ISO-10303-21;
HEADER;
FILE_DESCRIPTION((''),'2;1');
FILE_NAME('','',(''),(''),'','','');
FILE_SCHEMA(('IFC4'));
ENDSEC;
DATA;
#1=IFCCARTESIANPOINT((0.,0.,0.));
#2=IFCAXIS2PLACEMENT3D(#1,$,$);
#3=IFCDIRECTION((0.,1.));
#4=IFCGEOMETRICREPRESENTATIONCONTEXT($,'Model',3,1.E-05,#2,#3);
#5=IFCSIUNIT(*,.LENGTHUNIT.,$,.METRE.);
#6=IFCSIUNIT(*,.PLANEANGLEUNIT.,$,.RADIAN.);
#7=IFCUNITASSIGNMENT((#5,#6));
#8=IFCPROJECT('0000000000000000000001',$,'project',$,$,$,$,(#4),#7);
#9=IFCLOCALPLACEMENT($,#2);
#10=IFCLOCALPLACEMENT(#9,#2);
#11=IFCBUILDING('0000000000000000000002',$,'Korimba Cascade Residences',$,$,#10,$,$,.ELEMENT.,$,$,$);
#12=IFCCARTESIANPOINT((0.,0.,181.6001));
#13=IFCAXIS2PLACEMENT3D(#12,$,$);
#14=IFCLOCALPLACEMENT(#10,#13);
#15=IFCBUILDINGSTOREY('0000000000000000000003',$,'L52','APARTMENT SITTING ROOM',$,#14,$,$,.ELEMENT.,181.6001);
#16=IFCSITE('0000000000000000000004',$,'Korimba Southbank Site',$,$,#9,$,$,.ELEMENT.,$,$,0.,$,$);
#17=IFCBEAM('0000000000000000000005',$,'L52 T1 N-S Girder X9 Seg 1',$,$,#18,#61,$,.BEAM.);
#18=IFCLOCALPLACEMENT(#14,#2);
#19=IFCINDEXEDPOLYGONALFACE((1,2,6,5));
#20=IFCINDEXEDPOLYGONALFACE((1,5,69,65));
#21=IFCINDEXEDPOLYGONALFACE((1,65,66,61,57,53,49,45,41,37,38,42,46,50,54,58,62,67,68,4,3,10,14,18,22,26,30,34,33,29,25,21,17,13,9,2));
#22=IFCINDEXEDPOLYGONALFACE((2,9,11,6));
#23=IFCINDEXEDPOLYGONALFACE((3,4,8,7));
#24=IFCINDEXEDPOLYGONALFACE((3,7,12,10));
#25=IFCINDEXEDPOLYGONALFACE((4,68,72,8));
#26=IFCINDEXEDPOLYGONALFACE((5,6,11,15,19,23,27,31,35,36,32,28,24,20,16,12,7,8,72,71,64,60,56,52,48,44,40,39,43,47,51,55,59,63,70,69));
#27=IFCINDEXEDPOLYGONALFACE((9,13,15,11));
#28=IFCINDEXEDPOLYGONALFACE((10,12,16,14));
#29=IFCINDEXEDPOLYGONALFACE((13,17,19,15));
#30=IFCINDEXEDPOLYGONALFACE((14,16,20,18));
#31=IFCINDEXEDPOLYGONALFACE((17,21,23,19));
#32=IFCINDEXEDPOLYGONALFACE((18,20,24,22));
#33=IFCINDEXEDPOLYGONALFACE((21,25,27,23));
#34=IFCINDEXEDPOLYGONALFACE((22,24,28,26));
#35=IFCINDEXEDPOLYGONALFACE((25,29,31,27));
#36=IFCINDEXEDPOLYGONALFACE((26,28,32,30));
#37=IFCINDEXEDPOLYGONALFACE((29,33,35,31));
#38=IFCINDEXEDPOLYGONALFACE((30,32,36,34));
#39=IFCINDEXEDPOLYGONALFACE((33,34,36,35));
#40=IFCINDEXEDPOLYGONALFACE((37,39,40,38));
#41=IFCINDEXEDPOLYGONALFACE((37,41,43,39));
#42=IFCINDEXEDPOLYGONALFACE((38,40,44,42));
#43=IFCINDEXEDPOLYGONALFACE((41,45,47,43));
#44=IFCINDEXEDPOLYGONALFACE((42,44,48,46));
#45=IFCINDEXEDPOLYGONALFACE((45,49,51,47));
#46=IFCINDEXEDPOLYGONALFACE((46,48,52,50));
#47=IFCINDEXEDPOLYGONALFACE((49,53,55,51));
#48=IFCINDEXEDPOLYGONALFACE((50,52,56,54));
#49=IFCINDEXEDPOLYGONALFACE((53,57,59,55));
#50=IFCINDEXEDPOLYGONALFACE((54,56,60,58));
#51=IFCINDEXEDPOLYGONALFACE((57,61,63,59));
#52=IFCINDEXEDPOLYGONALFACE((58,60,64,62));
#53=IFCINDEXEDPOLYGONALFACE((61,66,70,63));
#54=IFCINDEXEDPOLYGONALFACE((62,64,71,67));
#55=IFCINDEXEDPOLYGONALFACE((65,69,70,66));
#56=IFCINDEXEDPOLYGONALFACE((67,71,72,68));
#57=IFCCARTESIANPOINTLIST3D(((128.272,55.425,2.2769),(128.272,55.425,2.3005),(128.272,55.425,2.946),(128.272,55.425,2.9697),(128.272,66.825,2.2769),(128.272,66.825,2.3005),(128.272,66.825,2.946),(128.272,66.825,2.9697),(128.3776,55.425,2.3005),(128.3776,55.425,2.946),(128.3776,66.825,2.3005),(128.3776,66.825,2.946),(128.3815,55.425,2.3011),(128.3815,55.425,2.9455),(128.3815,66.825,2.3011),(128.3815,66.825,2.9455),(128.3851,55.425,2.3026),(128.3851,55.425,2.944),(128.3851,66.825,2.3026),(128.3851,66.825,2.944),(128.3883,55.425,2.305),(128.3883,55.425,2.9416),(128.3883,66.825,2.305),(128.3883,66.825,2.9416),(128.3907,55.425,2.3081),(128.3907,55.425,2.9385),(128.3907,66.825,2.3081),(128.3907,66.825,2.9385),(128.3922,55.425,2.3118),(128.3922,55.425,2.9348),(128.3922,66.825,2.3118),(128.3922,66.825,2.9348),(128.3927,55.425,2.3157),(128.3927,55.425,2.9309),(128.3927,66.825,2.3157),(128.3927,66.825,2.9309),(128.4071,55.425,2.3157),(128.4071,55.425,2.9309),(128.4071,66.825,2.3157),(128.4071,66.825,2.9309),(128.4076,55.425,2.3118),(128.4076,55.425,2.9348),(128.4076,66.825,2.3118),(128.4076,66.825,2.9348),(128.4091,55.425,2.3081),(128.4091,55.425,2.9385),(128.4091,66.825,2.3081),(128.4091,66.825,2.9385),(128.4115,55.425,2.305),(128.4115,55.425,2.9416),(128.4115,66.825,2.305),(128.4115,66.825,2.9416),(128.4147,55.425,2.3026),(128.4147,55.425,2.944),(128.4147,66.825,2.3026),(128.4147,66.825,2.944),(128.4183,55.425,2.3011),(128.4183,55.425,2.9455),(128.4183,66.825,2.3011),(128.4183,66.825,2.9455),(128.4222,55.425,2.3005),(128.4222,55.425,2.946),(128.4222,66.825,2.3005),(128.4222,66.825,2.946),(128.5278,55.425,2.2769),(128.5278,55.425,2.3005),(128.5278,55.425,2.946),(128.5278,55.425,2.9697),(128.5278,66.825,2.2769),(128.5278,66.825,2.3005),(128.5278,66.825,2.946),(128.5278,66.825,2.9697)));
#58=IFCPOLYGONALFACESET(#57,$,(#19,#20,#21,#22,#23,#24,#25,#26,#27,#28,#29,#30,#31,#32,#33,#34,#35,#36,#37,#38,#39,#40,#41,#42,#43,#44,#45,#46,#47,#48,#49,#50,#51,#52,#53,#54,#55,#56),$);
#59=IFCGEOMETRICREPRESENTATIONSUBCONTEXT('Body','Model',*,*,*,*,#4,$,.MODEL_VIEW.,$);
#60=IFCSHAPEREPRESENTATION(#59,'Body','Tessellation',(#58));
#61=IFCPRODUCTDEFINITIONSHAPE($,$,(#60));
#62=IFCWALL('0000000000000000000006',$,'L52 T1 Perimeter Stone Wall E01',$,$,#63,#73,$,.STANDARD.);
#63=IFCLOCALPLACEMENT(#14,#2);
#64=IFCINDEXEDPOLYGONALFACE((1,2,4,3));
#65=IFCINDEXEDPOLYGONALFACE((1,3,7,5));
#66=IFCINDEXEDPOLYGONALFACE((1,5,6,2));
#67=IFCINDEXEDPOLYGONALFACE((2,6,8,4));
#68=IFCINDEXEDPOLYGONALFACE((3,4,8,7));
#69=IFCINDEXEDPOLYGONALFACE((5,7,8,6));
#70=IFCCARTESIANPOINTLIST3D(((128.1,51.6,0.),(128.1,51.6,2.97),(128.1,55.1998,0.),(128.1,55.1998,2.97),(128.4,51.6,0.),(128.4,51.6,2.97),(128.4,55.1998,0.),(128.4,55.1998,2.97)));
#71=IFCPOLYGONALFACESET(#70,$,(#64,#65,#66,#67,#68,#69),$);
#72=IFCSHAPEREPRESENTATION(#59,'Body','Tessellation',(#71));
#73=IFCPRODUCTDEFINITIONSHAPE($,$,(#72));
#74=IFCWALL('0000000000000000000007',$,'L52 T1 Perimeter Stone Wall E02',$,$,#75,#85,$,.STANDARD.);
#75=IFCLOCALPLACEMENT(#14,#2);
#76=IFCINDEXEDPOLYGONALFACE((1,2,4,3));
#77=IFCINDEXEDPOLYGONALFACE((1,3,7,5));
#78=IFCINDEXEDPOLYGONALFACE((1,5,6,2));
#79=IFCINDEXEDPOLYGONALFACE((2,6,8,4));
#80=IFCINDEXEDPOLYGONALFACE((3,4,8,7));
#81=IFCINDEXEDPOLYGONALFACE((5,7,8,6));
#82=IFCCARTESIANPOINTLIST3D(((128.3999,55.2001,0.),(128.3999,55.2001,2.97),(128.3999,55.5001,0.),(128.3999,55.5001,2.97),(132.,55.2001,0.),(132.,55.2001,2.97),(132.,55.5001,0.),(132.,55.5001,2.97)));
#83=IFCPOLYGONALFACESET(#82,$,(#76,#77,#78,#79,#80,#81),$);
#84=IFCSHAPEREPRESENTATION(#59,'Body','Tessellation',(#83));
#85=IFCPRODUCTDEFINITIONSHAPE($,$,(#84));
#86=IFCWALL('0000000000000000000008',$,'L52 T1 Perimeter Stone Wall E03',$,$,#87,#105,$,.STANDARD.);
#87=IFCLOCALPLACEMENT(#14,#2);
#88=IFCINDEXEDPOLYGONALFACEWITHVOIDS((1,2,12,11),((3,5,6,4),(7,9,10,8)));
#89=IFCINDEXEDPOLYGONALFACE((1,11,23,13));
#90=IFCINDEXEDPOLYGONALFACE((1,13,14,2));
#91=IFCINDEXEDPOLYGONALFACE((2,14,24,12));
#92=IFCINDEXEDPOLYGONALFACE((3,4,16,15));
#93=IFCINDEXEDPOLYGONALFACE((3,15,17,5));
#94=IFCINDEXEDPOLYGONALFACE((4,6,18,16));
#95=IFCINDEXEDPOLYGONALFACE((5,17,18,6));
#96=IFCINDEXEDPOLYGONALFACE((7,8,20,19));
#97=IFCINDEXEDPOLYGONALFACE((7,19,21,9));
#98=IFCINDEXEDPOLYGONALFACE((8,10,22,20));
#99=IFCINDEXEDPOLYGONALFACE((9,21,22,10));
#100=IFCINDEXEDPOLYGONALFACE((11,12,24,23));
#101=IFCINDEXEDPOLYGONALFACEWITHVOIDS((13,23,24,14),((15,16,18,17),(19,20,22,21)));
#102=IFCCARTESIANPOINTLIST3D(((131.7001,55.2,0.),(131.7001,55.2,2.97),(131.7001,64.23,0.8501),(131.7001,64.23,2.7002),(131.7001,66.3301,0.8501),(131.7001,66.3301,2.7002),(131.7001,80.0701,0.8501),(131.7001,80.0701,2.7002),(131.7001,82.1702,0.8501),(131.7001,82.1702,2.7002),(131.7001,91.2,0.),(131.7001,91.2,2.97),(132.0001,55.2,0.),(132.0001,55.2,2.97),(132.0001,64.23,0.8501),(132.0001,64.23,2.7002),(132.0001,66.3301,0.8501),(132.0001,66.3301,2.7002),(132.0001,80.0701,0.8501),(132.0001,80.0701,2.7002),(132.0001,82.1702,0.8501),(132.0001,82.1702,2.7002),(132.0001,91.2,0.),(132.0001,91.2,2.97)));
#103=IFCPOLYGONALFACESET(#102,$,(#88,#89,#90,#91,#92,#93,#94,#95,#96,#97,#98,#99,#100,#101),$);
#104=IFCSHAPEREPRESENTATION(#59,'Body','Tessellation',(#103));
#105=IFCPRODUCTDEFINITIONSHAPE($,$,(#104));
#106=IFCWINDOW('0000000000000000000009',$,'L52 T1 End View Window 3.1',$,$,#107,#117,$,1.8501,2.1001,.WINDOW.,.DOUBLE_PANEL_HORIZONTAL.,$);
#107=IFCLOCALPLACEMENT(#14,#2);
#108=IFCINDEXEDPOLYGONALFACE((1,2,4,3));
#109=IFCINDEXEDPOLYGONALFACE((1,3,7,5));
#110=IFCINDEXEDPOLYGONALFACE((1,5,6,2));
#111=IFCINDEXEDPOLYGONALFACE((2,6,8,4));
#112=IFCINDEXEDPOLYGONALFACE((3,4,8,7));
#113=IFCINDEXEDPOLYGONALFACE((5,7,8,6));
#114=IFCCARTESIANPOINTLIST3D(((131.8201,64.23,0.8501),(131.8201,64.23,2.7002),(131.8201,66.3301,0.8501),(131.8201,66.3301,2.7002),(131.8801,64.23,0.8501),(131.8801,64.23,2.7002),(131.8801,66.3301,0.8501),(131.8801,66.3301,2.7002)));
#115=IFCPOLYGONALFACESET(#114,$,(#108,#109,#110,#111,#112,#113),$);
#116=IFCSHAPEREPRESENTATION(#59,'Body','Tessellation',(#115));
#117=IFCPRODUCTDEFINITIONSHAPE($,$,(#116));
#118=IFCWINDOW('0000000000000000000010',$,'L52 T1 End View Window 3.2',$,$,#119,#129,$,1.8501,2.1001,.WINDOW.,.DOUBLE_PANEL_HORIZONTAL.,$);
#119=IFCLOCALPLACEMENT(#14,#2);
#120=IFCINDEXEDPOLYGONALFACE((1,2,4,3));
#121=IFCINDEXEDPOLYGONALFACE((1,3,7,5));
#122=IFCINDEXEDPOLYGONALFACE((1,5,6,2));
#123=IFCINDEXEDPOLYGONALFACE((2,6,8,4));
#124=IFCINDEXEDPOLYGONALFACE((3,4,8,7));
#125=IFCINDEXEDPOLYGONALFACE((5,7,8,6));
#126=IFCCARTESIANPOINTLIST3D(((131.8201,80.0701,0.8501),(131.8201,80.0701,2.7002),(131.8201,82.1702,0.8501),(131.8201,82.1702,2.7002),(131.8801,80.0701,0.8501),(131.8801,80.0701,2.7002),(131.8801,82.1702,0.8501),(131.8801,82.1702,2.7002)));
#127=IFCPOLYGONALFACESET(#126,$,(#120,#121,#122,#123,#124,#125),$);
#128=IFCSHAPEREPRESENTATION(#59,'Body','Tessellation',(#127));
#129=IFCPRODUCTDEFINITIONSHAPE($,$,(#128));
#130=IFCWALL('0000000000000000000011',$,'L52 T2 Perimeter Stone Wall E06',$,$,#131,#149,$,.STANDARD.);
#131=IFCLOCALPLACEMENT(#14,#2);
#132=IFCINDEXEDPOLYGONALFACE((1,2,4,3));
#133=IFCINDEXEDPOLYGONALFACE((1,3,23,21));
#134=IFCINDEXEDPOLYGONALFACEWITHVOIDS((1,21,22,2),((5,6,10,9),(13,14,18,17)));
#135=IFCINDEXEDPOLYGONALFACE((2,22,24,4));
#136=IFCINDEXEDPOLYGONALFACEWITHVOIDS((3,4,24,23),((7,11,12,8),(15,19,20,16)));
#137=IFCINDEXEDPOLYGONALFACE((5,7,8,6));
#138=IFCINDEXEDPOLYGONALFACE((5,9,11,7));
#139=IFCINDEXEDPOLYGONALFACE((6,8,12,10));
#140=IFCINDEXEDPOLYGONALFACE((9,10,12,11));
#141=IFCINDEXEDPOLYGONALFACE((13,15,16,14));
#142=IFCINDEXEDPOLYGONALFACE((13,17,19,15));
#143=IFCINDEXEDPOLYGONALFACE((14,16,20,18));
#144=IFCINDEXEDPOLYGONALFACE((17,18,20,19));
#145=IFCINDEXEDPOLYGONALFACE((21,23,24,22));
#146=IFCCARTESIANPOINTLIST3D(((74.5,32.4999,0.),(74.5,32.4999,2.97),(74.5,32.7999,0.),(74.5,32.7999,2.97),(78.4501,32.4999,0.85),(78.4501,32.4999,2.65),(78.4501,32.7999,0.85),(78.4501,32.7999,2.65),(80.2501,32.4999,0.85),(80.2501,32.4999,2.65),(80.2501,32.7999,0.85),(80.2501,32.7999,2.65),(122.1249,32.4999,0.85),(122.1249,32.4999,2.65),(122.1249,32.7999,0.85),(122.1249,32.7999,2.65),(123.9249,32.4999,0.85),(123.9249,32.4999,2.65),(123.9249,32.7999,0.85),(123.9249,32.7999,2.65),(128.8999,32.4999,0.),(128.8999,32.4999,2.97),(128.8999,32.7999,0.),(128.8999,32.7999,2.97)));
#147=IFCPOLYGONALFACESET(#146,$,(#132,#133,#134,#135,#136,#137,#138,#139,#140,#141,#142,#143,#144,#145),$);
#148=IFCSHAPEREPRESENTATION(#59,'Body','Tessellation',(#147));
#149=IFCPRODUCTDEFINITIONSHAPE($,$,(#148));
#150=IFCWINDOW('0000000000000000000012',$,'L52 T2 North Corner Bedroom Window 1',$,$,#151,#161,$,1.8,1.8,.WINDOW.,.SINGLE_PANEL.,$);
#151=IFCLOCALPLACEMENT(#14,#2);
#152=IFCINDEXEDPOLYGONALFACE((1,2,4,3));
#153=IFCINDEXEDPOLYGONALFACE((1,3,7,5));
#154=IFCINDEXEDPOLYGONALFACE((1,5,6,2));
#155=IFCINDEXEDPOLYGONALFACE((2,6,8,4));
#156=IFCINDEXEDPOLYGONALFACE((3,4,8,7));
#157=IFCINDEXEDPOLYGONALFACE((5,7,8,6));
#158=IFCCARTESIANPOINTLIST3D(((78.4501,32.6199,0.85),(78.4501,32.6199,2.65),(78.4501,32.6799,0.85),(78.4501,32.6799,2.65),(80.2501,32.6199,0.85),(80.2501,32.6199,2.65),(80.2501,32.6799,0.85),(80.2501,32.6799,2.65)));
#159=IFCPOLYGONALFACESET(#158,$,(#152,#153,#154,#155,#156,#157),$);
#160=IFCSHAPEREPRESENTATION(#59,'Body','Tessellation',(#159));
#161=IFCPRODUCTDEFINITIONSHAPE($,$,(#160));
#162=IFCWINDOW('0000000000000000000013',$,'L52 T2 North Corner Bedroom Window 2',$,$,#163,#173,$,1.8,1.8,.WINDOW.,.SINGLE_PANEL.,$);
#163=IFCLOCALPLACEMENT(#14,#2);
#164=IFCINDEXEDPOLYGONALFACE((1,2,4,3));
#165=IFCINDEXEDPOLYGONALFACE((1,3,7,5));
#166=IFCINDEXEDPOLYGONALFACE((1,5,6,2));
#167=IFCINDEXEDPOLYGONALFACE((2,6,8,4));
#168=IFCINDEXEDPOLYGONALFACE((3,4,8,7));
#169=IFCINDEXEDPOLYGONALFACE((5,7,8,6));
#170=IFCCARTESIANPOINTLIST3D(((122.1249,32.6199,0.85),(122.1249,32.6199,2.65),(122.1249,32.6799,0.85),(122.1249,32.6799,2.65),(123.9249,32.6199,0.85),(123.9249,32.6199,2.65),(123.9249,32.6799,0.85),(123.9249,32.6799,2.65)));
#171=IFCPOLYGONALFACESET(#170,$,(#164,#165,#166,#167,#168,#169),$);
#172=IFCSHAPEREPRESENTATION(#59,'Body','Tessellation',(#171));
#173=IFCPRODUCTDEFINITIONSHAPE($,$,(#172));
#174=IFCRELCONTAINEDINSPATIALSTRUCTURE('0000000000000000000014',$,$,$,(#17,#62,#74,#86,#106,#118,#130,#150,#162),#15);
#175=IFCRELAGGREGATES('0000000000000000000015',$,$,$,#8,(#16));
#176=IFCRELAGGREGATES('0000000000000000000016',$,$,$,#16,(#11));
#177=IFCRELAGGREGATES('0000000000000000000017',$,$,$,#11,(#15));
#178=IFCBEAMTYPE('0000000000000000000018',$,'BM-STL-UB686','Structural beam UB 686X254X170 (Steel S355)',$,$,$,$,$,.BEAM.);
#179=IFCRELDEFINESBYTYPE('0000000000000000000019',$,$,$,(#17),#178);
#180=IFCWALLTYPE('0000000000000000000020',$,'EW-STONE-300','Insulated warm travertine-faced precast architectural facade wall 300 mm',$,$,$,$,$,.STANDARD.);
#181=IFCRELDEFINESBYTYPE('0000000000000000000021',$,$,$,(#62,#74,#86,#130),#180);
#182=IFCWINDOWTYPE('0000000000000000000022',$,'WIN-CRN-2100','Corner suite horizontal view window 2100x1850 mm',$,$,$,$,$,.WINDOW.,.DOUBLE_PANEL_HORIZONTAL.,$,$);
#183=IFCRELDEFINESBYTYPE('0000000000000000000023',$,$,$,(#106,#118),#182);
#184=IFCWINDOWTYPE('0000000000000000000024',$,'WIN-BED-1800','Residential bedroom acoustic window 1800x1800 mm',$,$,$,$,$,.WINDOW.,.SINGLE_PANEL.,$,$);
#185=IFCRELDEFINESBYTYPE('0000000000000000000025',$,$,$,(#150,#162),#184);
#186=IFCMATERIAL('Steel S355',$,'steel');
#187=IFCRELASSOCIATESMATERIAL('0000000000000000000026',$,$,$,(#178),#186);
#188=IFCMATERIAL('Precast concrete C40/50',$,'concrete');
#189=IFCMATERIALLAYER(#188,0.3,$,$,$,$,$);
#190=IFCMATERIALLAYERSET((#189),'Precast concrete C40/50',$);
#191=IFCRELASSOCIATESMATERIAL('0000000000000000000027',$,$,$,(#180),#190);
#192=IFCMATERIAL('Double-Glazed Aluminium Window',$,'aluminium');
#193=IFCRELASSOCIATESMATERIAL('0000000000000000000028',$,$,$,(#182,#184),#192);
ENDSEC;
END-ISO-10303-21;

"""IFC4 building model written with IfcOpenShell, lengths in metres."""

from ifc_helpers import new_model, si_unit, direction, frame, frame_2d, origin, origin_2d, place, context, subcontext, project, spatial, rectangle, i_section, extrude, material, layer, layer_set, material_profile, profile_set, type_object, element, fill, save


model = new_model("IFC4")

# Units and contexts
model_context = context("Model", 3, precision=1e-05, world=origin(), true_north=direction((0.0, 1.0)))
body_context = subcontext(model_context, "Body", "Model", "MODEL_VIEW")
ifc_project = project(units=[si_unit("LENGTHUNIT", "METRE"), si_unit("PLANEANGLEUNIT", "RADIAN")], contexts=[model_context])

# Site, building, storey
site_placement = place(None, origin())
site = spatial("IfcSite", under=ifc_project, at=site_placement, Name="Korimba Southbank Site", CompositionType="ELEMENT", RefElevation=0.0)
building_placement = place(site_placement, origin())
building = spatial("IfcBuilding", under=site, at=building_placement, Name="Korimba Cascade Residences", CompositionType="ELEMENT")
storey_placement = place(building_placement, frame((0.0, 0.0, 181.6001)))
storey = spatial("IfcBuildingStorey", under=building, at=storey_placement, Name="L52", Description="APARTMENT SITTING ROOM", CompositionType="ELEMENT", Elevation=181.6001)

# Beam
ifc_material_1 = material(Name="Steel S355", Category="steel")
ifc_material_profile_1 = material_profile(ifc_material_1, i_section(OverallWidth=0.2559, OverallDepth=0.6929, WebThickness=0.0144, FlangeThickness=0.0237, FilletRadius=0.0151, at=origin_2d()), Name="Steel S355")
ifc_profile_set_1 = profile_set([ifc_material_profile_1], Name="Steel S355")
beam_type_1 = type_object("IfcBeamType", Name="BM-STL-UB686", Description="Structural beam UB 686X254X170 (Steel S355)", PredefinedType="BEAM", material=ifc_profile_set_1)
beam_1_placement = place(storey_placement, frame((128.3999, 55.425, 2.6233), z_axis=(0.0, 1.0, 0.0), x_axis=(-1.0, 0.0, 0.0)))
element("IfcBeam", 1, at=beam_1_placement, inside=storey, type_object=beam_type_1, Name="L52 T1 N-S Girder X9 Seg 1", PredefinedType="BEAM", context=body_context, shape_type="SweptSolid", body=[
    extrude(i_section(OverallWidth=0.2559, OverallDepth=0.6929, WebThickness=0.0144, FlangeThickness=0.0237, FilletRadius=0.0151, at=origin_2d()), origin(), (0.0, 0.0, 1.0), 11.3999),
])

# Walls
ifc_material_2 = material(Name="Precast concrete C40/50", Category="concrete")
ifc_layer_1 = layer(ifc_material_2, 0.3)
ifc_layer_set_1 = layer_set([ifc_layer_1], Name="Precast concrete C40/50")
wall_type_1 = type_object("IfcWallType", Name="EW-STONE-300", Description="Insulated warm travertine-faced precast architectural facade wall 300 mm", PredefinedType="STANDARD", material=ifc_layer_set_1)
wall_1_placement = place(storey_placement, frame((128.25, 51.6001, 0.0), z_axis=(0.0, 0.0, 1.0), x_axis=(0.0, 1.0, 0.0)))
element("IfcWall", 2, at=wall_1_placement, inside=storey, type_object=wall_type_1, Name="L52 T1 Perimeter Stone Wall E01", PredefinedType="STANDARD", context=body_context, shape_type="SweptSolid", body=[
    extrude(rectangle(XDim=3.5999, YDim=0.3, at=frame_2d((1.7998, 0.0))), origin(), (0.0, 0.0, 1.0), 2.97),
])
wall_2_placement = place(storey_placement, frame((128.3999, 55.3501, 0.0), z_axis=(0.0, 0.0, 1.0), x_axis=(1.0, 0.0, 0.0)))
element("IfcWall", 3, at=wall_2_placement, inside=storey, type_object=wall_type_1, Name="L52 T1 Perimeter Stone Wall E02", PredefinedType="STANDARD", context=body_context, shape_type="SweptSolid", body=[
    extrude(rectangle(XDim=3.6001, YDim=0.3, at=frame_2d((1.8, 0.0))), origin(), (0.0, 0.0, 1.0), 2.97),
])

# Walls, openings, windows
wall_3_placement = place(storey_placement, frame((131.8501, 55.2, 0.0), z_axis=(0.0, 0.0, 1.0), x_axis=(0.0, 1.0, 0.0)))
wall_3 = element("IfcWall", 4, at=wall_3_placement, inside=storey, type_object=wall_type_1, Name="L52 T1 Perimeter Stone Wall E03", PredefinedType="STANDARD", context=body_context, shape_type="SweptSolid", body=[
    extrude(rectangle(XDim=36.0, YDim=0.3, at=frame_2d((18.0, 0.0))), origin(), (0.0, 0.0, 1.0), 2.97),
])
opening_1_placement = place(wall_3_placement, frame((9.03, 0.0, 0.8501)))
opening_1 = element("IfcOpeningElement", 5, at=opening_1_placement, cuts=wall_3, PredefinedType="OPENING", context=body_context, shape_type="SweptSolid", body=[
    extrude(rectangle(XDim=2.1001, YDim=1.8501, at=frame_2d((1.05, 0.925))), frame((0.0, 0.1602, 0.0), z_axis=(0.0, -1.0, 0.0), x_axis=(1.0, 0.0, 0.0)), (0.0, 0.0, 1.0), 0.3201),
])
opening_2_placement = place(wall_3_placement, frame((24.8701, 0.0, 0.8501)))
opening_2 = element("IfcOpeningElement", 6, at=opening_2_placement, cuts=wall_3, PredefinedType="OPENING", context=body_context, shape_type="SweptSolid", body=[
    extrude(rectangle(XDim=2.1001, YDim=1.8501, at=frame_2d((1.05, 0.925))), frame((0.0, 0.1602, 0.0), z_axis=(0.0, -1.0, 0.0), x_axis=(1.0, 0.0, 0.0)), (0.0, 0.0, 1.0), 0.3201),
])
ifc_material_3 = material(Name="Double-Glazed Aluminium Window", Category="aluminium")
window_type_1 = type_object("IfcWindowType", Name="WIN-CRN-2100", Description="Corner suite horizontal view window 2100x1850 mm", PartitioningType="DOUBLE_PANEL_HORIZONTAL", PredefinedType="WINDOW", material=ifc_material_3)
window_1_placement = place(opening_1_placement, origin())
window_1 = element("IfcWindow", 7, at=window_1_placement, inside=storey, type_object=window_type_1, Name="L52 T1 End View Window 3.1", OverallHeight=1.8501, OverallWidth=2.1001, PartitioningType="DOUBLE_PANEL_HORIZONTAL", PredefinedType="WINDOW", context=body_context, shape_type="SweptSolid", body=[
    extrude(rectangle(XDim=2.1001, YDim=1.8501, at=frame_2d((1.05, 0.925))), frame((0.0, 0.03, 0.0), z_axis=(0.0, -1.0, 0.0), x_axis=(1.0, 0.0, 0.0)), (0.0, 0.0, 1.0), 0.0601),
])
fill(opening_1, window_1)
window_2_placement = place(opening_2_placement, origin())
window_2 = element("IfcWindow", 8, at=window_2_placement, inside=storey, type_object=window_type_1, Name="L52 T1 End View Window 3.2", OverallHeight=1.8501, OverallWidth=2.1001, PartitioningType="DOUBLE_PANEL_HORIZONTAL", PredefinedType="WINDOW", context=body_context, shape_type="SweptSolid", body=[
    extrude(rectangle(XDim=2.1001, YDim=1.8501, at=frame_2d((1.05, 0.925))), frame((0.0, 0.03, 0.0), z_axis=(0.0, -1.0, 0.0), x_axis=(1.0, 0.0, 0.0)), (0.0, 0.0, 1.0), 0.0601),
])
fill(opening_2, window_2)
wall_4_placement = place(storey_placement, frame((128.8999, 32.6499, 0.0), z_axis=(0.0, 0.0, 1.0), x_axis=(-1.0, 0.0, 0.0)))
wall_4 = element("IfcWall", 9, at=wall_4_placement, inside=storey, type_object=wall_type_1, Name="L52 T2 Perimeter Stone Wall E06", PredefinedType="STANDARD", context=body_context, shape_type="SweptSolid", body=[
    extrude(rectangle(XDim=54.3999, YDim=0.3, at=frame_2d((27.2, 0.0))), origin(), (0.0, 0.0, 1.0), 2.97),
])
opening_3_placement = place(wall_4_placement, frame((48.6499, 0.0, 0.8501)))
opening_3 = element("IfcOpeningElement", 10, at=opening_3_placement, cuts=wall_4, PredefinedType="OPENING", context=body_context, shape_type="SweptSolid", body=[
    extrude(rectangle(XDim=1.8, YDim=1.8, at=frame_2d((0.8999, 0.8999))), frame((0.0, 0.1602, 0.0), z_axis=(0.0, -1.0, 0.0), x_axis=(1.0, 0.0, 0.0)), (0.0, 0.0, 1.0), 0.3201),
])
opening_4_placement = place(wall_4_placement, frame((4.9751, 0.0, 0.8501)))
opening_4 = element("IfcOpeningElement", 11, at=opening_4_placement, cuts=wall_4, PredefinedType="OPENING", context=body_context, shape_type="SweptSolid", body=[
    extrude(rectangle(XDim=1.8, YDim=1.8, at=frame_2d((0.8999, 0.8999))), frame((0.0, 0.1602, 0.0), z_axis=(0.0, -1.0, 0.0), x_axis=(1.0, 0.0, 0.0)), (0.0, 0.0, 1.0), 0.3201),
])
window_type_2 = type_object("IfcWindowType", Name="WIN-BED-1800", Description="Residential bedroom acoustic window 1800x1800 mm", PartitioningType="SINGLE_PANEL", PredefinedType="WINDOW", material=ifc_material_3)
window_3_placement = place(opening_3_placement, origin())
window_3 = element("IfcWindow", 12, at=window_3_placement, inside=storey, type_object=window_type_2, Name="L52 T2 North Corner Bedroom Window 1", OverallHeight=1.8, OverallWidth=1.8, PartitioningType="SINGLE_PANEL", PredefinedType="WINDOW", context=body_context, shape_type="SweptSolid", body=[
    extrude(rectangle(XDim=1.8, YDim=1.8, at=frame_2d((0.8999, 0.8999))), frame((0.0, 0.03, 0.0), z_axis=(0.0, -1.0, 0.0), x_axis=(1.0, 0.0, 0.0)), (0.0, 0.0, 1.0), 0.0601),
])
fill(opening_3, window_3)
window_4_placement = place(opening_4_placement, origin())
window_4 = element("IfcWindow", 13, at=window_4_placement, inside=storey, type_object=window_type_2, Name="L52 T2 North Corner Bedroom Window 2", OverallHeight=1.8, OverallWidth=1.8, PartitioningType="SINGLE_PANEL", PredefinedType="WINDOW", context=body_context, shape_type="SweptSolid", body=[
    extrude(rectangle(XDim=1.8, YDim=1.8, at=frame_2d((0.8999, 0.8999))), frame((0.0, 0.03, 0.0), z_axis=(0.0, -1.0, 0.0), x_axis=(1.0, 0.0, 0.0)), (0.0, 0.0, 1.0), 0.0601),
])
fill(opening_4, window_4)

save(model, "model.ifc")
